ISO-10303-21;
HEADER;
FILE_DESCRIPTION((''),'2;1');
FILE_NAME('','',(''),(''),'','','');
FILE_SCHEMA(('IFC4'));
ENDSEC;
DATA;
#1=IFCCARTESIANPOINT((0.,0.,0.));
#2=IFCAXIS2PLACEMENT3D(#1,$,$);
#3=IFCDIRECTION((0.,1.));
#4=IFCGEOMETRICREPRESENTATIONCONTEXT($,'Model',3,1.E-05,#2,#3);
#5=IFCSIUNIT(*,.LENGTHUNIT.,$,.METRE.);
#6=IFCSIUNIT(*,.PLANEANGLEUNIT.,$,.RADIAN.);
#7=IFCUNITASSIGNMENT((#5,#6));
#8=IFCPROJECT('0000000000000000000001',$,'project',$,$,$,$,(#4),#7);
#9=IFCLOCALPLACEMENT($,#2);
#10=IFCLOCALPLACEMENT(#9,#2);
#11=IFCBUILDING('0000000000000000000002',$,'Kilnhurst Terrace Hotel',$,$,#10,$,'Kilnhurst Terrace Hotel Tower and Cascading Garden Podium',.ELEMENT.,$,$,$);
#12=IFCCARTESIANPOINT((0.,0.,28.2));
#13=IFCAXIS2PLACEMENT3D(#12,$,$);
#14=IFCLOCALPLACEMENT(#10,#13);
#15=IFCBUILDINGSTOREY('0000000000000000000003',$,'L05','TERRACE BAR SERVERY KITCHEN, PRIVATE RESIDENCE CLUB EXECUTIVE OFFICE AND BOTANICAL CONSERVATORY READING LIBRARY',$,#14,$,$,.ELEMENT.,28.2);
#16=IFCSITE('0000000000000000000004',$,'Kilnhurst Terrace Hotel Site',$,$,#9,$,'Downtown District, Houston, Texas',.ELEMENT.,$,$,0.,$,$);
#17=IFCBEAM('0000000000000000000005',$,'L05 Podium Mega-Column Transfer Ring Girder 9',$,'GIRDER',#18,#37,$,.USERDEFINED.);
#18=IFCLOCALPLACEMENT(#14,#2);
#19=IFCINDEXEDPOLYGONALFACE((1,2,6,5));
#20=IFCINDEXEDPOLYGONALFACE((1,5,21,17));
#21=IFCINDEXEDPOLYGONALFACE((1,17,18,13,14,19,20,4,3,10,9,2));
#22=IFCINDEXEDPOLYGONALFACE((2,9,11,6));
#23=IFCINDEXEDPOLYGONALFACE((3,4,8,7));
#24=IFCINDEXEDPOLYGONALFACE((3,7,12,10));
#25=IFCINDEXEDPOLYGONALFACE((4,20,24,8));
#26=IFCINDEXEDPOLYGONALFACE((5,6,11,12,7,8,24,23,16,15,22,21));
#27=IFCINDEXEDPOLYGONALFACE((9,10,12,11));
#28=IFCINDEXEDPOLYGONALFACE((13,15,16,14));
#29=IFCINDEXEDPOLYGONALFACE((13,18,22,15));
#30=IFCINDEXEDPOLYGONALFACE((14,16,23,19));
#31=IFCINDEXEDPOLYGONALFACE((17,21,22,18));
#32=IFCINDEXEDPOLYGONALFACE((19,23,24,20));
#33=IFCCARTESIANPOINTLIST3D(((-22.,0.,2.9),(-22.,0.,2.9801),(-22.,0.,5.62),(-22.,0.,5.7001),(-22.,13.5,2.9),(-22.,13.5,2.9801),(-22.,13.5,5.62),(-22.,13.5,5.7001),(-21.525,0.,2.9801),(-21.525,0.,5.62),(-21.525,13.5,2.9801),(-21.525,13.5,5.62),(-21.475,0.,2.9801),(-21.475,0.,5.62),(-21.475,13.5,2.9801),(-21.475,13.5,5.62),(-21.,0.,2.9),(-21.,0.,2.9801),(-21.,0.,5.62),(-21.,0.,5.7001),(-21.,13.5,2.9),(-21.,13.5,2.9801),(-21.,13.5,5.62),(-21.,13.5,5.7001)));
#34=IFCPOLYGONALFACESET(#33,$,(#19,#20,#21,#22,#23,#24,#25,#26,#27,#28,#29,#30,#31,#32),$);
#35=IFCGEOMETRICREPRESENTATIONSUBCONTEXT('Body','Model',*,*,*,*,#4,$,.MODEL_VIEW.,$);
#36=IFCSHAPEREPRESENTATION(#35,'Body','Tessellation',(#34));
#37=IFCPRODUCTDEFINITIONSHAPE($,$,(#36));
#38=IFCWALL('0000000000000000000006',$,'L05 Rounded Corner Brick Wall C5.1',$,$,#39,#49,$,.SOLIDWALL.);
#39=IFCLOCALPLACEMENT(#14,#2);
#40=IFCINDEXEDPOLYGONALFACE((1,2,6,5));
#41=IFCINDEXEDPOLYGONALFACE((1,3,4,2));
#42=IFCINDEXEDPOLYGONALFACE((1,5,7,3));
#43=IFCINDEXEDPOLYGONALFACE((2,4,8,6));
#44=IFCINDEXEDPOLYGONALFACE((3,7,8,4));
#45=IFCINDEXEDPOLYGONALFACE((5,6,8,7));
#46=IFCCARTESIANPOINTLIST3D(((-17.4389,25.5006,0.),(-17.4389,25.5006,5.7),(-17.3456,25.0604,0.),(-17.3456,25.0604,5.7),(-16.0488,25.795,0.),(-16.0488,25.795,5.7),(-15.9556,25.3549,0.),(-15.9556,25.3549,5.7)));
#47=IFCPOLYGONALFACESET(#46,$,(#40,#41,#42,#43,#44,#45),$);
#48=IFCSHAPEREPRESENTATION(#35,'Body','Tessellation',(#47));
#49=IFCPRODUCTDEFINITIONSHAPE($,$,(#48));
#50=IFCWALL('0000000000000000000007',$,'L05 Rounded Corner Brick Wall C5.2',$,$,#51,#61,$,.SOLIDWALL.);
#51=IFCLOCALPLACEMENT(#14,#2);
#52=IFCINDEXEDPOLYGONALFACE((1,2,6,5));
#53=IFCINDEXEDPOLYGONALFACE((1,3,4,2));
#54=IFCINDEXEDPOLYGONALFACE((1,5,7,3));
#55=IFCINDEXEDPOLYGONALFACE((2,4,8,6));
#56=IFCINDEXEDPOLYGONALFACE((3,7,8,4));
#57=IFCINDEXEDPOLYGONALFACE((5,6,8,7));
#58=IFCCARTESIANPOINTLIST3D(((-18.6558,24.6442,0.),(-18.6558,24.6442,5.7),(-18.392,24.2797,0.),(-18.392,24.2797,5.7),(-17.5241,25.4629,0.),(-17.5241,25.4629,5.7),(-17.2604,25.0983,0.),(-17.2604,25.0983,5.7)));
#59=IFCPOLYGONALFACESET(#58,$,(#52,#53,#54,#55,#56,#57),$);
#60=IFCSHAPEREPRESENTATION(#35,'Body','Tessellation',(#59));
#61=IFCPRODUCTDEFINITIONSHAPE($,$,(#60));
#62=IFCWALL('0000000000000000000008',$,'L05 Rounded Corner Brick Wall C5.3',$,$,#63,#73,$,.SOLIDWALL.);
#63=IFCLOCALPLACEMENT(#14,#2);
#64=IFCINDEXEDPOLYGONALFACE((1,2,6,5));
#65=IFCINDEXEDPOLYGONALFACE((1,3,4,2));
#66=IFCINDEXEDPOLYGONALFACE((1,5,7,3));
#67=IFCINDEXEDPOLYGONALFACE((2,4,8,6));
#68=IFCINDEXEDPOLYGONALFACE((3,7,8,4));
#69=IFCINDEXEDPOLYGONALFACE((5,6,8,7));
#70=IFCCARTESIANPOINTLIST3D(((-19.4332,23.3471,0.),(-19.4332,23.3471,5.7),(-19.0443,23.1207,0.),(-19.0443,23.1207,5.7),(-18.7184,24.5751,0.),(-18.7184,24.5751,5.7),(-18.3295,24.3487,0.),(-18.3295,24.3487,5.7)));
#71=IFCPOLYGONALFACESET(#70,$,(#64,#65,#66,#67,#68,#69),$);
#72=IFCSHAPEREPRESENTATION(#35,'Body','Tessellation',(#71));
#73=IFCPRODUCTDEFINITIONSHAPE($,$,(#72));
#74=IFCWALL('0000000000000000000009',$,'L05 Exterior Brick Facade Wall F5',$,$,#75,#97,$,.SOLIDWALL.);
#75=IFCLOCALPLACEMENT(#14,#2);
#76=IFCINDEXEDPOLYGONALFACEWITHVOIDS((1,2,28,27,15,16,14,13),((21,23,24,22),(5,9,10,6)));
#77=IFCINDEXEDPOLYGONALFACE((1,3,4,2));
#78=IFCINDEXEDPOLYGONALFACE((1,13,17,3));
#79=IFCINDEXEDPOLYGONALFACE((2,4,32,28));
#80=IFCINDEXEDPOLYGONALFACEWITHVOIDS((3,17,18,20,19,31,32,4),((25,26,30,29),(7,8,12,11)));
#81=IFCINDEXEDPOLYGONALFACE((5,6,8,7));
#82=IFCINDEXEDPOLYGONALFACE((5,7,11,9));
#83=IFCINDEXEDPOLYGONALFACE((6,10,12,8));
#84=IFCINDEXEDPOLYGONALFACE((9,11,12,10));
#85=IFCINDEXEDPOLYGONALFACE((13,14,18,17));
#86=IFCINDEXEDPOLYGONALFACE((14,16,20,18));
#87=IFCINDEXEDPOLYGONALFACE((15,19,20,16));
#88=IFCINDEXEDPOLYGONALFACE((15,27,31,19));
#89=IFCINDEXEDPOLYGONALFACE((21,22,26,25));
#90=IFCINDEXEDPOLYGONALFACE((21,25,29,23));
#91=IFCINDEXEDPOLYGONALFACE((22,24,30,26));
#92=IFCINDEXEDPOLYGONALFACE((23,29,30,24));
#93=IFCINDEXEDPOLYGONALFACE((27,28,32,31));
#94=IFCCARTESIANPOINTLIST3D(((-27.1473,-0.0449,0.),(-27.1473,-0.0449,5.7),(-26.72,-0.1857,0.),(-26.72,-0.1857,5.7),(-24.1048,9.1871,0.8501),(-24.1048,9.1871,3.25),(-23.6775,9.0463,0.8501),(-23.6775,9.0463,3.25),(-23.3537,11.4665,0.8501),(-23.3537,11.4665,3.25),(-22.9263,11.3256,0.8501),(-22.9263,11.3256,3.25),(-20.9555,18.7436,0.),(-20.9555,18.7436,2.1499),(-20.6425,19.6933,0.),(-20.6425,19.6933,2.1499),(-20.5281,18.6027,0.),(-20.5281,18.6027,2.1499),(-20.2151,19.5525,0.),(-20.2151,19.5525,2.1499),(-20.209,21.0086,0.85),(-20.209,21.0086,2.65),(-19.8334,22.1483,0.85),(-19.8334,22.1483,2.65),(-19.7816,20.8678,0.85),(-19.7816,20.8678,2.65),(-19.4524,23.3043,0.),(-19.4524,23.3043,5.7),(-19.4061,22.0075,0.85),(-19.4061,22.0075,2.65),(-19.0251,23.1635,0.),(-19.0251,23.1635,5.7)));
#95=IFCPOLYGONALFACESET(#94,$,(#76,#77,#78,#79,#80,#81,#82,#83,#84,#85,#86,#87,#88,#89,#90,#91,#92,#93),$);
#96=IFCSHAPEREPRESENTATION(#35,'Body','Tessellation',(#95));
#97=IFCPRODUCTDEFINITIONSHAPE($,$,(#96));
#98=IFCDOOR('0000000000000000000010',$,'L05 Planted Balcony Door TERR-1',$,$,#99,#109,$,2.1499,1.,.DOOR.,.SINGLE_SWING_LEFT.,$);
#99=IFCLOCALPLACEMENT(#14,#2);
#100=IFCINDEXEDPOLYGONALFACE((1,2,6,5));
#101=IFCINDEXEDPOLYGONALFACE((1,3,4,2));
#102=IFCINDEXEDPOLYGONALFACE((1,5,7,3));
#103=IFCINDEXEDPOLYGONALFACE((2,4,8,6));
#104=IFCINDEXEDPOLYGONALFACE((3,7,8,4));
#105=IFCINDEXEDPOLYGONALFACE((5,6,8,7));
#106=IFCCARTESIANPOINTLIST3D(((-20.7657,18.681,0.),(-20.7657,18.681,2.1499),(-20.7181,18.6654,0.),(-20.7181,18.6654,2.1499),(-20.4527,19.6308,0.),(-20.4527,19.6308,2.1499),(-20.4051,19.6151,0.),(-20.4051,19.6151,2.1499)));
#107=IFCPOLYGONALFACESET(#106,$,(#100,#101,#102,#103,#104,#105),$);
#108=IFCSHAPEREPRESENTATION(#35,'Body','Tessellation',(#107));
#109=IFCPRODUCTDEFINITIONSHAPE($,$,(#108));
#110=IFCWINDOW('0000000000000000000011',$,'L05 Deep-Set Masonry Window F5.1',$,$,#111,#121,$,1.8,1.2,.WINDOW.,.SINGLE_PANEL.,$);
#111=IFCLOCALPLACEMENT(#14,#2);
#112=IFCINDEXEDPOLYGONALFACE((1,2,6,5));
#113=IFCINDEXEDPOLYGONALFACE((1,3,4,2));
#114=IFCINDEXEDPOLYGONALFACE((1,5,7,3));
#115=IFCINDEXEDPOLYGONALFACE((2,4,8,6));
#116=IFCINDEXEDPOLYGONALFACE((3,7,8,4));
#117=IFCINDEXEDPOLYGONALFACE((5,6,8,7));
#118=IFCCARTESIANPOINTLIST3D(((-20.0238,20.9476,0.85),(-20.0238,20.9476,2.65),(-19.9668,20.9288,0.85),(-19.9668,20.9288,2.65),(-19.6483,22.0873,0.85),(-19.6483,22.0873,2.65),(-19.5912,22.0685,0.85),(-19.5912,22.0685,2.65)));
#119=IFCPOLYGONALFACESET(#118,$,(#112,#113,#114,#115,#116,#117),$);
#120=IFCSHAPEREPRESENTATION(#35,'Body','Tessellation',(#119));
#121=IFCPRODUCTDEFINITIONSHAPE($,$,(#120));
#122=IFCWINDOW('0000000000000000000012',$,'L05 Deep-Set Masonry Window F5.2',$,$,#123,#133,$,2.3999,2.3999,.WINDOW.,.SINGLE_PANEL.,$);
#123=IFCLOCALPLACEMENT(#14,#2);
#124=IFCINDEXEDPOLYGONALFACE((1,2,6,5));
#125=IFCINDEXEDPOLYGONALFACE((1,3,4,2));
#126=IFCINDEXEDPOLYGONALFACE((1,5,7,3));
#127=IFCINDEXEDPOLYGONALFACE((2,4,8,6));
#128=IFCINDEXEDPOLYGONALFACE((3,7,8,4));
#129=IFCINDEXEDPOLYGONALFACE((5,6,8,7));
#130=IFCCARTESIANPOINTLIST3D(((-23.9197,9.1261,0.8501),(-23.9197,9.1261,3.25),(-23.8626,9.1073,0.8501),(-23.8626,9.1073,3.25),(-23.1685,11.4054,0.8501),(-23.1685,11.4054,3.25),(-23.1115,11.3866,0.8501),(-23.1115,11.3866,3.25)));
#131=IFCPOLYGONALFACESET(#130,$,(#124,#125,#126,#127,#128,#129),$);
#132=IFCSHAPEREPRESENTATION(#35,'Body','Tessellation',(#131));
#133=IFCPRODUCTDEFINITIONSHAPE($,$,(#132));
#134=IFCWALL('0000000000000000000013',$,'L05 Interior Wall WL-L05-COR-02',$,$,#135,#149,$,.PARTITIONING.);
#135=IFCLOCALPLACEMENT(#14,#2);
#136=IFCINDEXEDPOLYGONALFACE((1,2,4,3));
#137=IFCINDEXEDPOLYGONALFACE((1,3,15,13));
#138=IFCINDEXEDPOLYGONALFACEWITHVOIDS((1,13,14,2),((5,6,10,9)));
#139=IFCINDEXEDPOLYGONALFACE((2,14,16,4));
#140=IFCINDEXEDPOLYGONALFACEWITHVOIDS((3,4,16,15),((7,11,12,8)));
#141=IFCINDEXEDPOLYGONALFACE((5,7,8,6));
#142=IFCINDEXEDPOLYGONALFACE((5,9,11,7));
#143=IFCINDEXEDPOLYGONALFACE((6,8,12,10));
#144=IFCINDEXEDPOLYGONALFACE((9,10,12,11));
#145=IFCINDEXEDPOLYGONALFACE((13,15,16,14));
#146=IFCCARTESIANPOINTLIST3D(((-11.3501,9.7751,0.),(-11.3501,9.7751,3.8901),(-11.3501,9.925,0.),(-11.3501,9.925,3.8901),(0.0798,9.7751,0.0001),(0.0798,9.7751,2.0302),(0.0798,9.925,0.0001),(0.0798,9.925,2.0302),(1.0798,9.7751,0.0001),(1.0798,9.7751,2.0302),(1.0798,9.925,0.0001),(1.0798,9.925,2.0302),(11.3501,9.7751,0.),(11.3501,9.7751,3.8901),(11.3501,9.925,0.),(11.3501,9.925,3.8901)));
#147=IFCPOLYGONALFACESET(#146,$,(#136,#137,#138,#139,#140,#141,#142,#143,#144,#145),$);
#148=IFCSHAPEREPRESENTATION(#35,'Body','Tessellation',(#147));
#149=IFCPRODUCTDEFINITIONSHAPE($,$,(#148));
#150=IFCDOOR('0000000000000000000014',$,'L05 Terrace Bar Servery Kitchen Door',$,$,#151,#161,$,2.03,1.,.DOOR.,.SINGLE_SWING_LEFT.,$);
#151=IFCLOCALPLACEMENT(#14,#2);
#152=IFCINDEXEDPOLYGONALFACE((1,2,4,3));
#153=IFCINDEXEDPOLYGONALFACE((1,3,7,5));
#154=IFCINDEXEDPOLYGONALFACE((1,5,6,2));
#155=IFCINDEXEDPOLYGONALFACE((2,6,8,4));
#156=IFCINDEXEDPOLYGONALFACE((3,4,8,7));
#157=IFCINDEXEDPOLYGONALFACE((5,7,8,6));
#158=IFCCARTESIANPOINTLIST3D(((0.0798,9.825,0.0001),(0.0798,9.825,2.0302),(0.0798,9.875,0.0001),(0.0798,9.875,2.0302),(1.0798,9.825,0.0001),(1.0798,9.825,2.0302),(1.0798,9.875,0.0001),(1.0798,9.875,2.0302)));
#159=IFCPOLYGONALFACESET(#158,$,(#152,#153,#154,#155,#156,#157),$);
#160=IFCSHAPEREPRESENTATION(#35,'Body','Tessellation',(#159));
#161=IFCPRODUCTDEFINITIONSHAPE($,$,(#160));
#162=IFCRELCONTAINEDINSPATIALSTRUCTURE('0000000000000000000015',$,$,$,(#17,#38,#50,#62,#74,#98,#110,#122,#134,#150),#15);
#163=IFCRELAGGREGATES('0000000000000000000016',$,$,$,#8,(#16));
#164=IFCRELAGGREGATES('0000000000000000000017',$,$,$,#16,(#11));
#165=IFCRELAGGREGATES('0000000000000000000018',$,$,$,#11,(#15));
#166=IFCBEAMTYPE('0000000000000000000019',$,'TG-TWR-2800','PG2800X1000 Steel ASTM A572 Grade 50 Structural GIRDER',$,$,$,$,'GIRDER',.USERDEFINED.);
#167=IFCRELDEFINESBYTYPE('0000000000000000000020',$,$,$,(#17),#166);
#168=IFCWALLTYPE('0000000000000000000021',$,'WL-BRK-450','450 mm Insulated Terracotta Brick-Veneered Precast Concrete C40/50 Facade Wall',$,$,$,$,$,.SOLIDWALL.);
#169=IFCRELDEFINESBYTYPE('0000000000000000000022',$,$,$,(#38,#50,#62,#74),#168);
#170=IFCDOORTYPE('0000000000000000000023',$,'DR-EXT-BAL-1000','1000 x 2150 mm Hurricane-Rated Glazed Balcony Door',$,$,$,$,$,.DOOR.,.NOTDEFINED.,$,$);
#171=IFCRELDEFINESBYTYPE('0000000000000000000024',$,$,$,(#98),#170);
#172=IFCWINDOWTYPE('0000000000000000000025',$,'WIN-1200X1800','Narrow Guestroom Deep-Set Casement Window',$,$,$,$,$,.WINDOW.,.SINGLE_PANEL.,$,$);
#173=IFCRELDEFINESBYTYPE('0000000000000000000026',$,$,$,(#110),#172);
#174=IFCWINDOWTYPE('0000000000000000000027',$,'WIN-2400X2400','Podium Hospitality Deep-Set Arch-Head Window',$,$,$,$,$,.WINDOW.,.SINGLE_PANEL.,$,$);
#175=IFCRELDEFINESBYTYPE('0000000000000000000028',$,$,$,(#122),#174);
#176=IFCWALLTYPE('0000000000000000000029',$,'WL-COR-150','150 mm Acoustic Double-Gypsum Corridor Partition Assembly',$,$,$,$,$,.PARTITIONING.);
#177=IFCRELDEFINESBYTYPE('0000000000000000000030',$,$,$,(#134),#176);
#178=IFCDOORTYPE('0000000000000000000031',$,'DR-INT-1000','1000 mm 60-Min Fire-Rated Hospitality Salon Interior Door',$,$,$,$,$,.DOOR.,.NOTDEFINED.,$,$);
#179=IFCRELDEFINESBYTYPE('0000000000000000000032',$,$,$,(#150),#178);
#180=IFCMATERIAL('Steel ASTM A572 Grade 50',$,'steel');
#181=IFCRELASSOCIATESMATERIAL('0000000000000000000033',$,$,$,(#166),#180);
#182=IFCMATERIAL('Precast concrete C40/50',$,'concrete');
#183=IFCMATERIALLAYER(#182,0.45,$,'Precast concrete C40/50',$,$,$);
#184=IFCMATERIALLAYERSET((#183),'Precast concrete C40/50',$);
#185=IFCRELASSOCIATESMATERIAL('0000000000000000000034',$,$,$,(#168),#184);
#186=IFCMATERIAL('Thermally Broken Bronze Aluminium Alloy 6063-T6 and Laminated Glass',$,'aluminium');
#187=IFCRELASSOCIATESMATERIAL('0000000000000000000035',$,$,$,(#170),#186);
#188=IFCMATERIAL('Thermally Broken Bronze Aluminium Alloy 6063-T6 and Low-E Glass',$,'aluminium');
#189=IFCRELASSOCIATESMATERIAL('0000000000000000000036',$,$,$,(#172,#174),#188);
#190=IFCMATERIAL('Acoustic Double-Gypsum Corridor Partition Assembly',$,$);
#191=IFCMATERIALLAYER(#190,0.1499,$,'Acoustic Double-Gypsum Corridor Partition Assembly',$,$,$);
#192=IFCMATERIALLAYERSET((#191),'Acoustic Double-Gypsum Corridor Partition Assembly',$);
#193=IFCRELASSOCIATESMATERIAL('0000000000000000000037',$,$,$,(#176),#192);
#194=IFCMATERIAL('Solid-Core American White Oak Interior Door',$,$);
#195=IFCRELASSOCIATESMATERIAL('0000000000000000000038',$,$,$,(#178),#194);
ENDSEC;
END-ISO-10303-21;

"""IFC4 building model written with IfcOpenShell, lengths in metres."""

from ifc_helpers import new_model, si_unit, direction, frame, frame_2d, origin, origin_2d, place, context, subcontext, project, spatial, rectangle, i_section, extrude, material, layer, layer_set, material_profile, profile_set, type_object, element, fill, save


model = new_model("IFC4")

# Units and contexts
model_context = context("Model", 3, precision=1e-05, world=origin(), true_north=direction((0.0, 1.0)))
body_context = subcontext(model_context, "Body", "Model", "MODEL_VIEW")
ifc_project = project(units=[si_unit("LENGTHUNIT", "METRE"), si_unit("PLANEANGLEUNIT", "RADIAN")], contexts=[model_context])

# Site, building, storey
site_placement = place(None, origin())
site = spatial("IfcSite", under=ifc_project, at=site_placement, Name="Kilnhurst Terrace Hotel Site", LongName="Downtown District, Houston, Texas", CompositionType="ELEMENT", RefElevation=0.0)
building_placement = place(site_placement, origin())
building = spatial("IfcBuilding", under=site, at=building_placement, Name="Kilnhurst Terrace Hotel", LongName="Kilnhurst Terrace Hotel Tower and Cascading Garden Podium", CompositionType="ELEMENT")
storey_placement = place(building_placement, frame((0.0, 0.0, 28.2)))
storey = spatial("IfcBuildingStorey", under=building, at=storey_placement, Name="L05", Description="TERRACE BAR SERVERY KITCHEN, PRIVATE RESIDENCE CLUB EXECUTIVE OFFICE AND BOTANICAL CONSERVATORY READING LIBRARY", CompositionType="ELEMENT", Elevation=28.2)

# Beam
ifc_material_1 = material(Name="Steel ASTM A572 Grade 50", Category="steel")
ifc_material_profile_1 = material_profile(ifc_material_1, i_section(OverallWidth=1.0, OverallDepth=2.8, WebThickness=0.05, FlangeThickness=0.0801, at=origin_2d()), Name="PG2800X1000")
ifc_profile_set_1 = profile_set([ifc_material_profile_1], Name="Steel ASTM A572 Grade 50")
beam_type_1 = type_object("IfcBeamType", Name="TG-TWR-2800", Description="PG2800X1000 Steel ASTM A572 Grade 50 Structural GIRDER", ElementType="GIRDER", PredefinedType="USERDEFINED", material=ifc_profile_set_1)
beam_1_placement = place(storey_placement, frame((-21.5, 13.5, 4.3), z_axis=(0.0, -1.0, 0.0), x_axis=(1.0, 0.0, 0.0)))
element("IfcBeam", 1, at=beam_1_placement, inside=storey, type_object=beam_type_1, Name="L05 Podium Mega-Column Transfer Ring Girder 9", ObjectType="GIRDER", PredefinedType="USERDEFINED", context=body_context, shape_type="SweptSolid", body=[
    extrude(i_section(OverallWidth=1.0, OverallDepth=2.8, WebThickness=0.05, FlangeThickness=0.0801, at=origin_2d()), origin(), (0.0, 0.0, 1.0), 13.5),
])

# Walls
ifc_material_2 = material(Name="Precast concrete C40/50", Category="concrete")
ifc_layer_1 = layer(ifc_material_2, 0.45, Name="Precast concrete C40/50")
ifc_layer_set_1 = layer_set([ifc_layer_1], Name="Precast concrete C40/50")
wall_type_1 = type_object("IfcWallType", Name="WL-BRK-450", Description="450 mm Insulated Terracotta Brick-Veneered Precast Concrete C40/50 Facade Wall", PredefinedType="SOLIDWALL", material=ifc_layer_set_1)
wall_1_placement = place(storey_placement, frame((-16.0022, 25.575, 0.0), z_axis=(0.0, 0.0, 1.0), x_axis=(-0.978297, -0.207205, 0.0)))
element("IfcWall", 2, at=wall_1_placement, inside=storey, type_object=wall_type_1, Name="L05 Rounded Corner Brick Wall C5.1", PredefinedType="SOLIDWALL", context=body_context, shape_type="SweptSolid", body=[
    extrude(rectangle(XDim=1.4209, YDim=0.45, at=frame_2d((0.7104, 0.0))), origin(), (0.0, 0.0, 1.0), 5.7),
])
wall_2_placement = place(storey_placement, frame((-17.3923, 25.2805, 0.0), z_axis=(0.0, 0.0, 1.0), x_axis=(-0.810223, -0.586122, 0.0)))
element("IfcWall", 3, at=wall_2_placement, inside=storey, type_object=wall_type_1, Name="L05 Rounded Corner Brick Wall C5.2", PredefinedType="SOLIDWALL", context=body_context, shape_type="SweptSolid", body=[
    extrude(rectangle(XDim=1.3967, YDim=0.45, at=frame_2d((0.6982, 0.0))), origin(), (0.0, 0.0, 1.0), 5.7),
])
wall_3_placement = place(storey_placement, frame((-18.5239, 24.4619, 0.0), z_axis=(0.0, 0.0, 1.0), x_axis=(-0.50308, -0.86424, 0.0)))
element("IfcWall", 4, at=wall_3_placement, inside=storey, type_object=wall_type_1, Name="L05 Rounded Corner Brick Wall C5.3", PredefinedType="SOLIDWALL", context=body_context, shape_type="SweptSolid", body=[
    extrude(rectangle(XDim=1.4209, YDim=0.45, at=frame_2d((0.7104, 0.0))), origin(), (0.0, 0.0, 1.0), 5.7),
])

# Wall, openings, door, windows
wall_4_placement = place(storey_placement, frame((-19.2388, 23.2339, 0.0), z_axis=(0.0, 0.0, 1.0), x_axis=(-0.312996, -0.949754, 0.0)))
wall_4 = element("IfcWall", 5, at=wall_4_placement, inside=storey, type_object=wall_type_1, Name="L05 Exterior Brick Facade Wall F5", PredefinedType="SOLIDWALL", context=body_context, shape_type="SweptSolid", body=[
    extrude(rectangle(XDim=24.5845, YDim=0.45, at=frame_2d((12.2922, 0.0))), origin(), (0.0, 0.0, 1.0), 5.7),
])
opening_1_placement = place(wall_4_placement, frame((3.802, 0.0, 0.0)))
opening_1 = element("IfcOpeningElement", 6, at=opening_1_placement, cuts=wall_4, PredefinedType="OPENING", context=body_context, shape_type="SweptSolid", body=[
    extrude(rectangle(XDim=1.0, YDim=2.1499, at=frame_2d((0.5, 1.075))), frame((0.0, 0.2349, 0.0), z_axis=(0.0, -1.0, 0.0), x_axis=(1.0, 0.0, 0.0)), (0.0, 0.0, 1.0), 0.47),
])
opening_2_placement = place(wall_4_placement, frame((1.217, 0.0, 0.8501)))
opening_2 = element("IfcOpeningElement", 7, at=opening_2_placement, cuts=wall_4, PredefinedType="OPENING", context=body_context, shape_type="SweptSolid", body=[
    extrude(rectangle(XDim=1.2, YDim=1.8, at=frame_2d((0.6001, 0.8999))), frame((0.0, 0.2349, 0.0), z_axis=(0.0, -1.0, 0.0), x_axis=(1.0, 0.0, 0.0)), (0.0, 0.0, 1.0), 0.47),
])
opening_3_placement = place(wall_4_placement, frame((12.4641, 0.0, 0.8501)))
opening_3 = element("IfcOpeningElement", 8, at=opening_3_placement, cuts=wall_4, PredefinedType="OPENING", context=body_context, shape_type="SweptSolid", body=[
    extrude(rectangle(XDim=2.3999, YDim=2.3999, at=frame_2d((1.2, 1.2))), frame((0.0, 0.2349, 0.0), z_axis=(0.0, -1.0, 0.0), x_axis=(1.0, 0.0, 0.0)), (0.0, 0.0, 1.0), 0.47),
])
ifc_material_3 = material(Name="Thermally Broken Bronze Aluminium Alloy 6063-T6 and Laminated Glass", Category="aluminium")
door_type_1 = type_object("IfcDoorType", Name="DR-EXT-BAL-1000", Description="1000 x 2150 mm Hurricane-Rated Glazed Balcony Door", OperationType="NOTDEFINED", PredefinedType="DOOR", material=ifc_material_3)
door_1_placement = place(opening_1_placement, origin())
door_1 = element("IfcDoor", 9, at=door_1_placement, inside=storey, type_object=door_type_1, Name="L05 Planted Balcony Door TERR-1", OperationType="SINGLE_SWING_LEFT", OverallHeight=2.1499, OverallWidth=1.0, PredefinedType="DOOR", context=body_context, shape_type="SweptSolid", body=[
    extrude(rectangle(XDim=1.0, YDim=2.1499, at=frame_2d((0.5, 1.075))), frame((0.0, 0.0249, 0.0), z_axis=(0.0, -1.0, 0.0), x_axis=(1.0, 0.0, 0.0)), (0.0, 0.0, 1.0), 0.05),
])
fill(opening_1, door_1)
ifc_material_4 = material(Name="Thermally Broken Bronze Aluminium Alloy 6063-T6 and Low-E Glass", Category="aluminium")
window_type_1 = type_object("IfcWindowType", Name="WIN-1200X1800", Description="Narrow Guestroom Deep-Set Casement Window", PartitioningType="SINGLE_PANEL", PredefinedType="WINDOW", material=ifc_material_4)
window_1_placement = place(opening_2_placement, origin())
window_1 = element("IfcWindow", 10, at=window_1_placement, inside=storey, type_object=window_type_1, Name="L05 Deep-Set Masonry Window F5.1", OverallHeight=1.8, OverallWidth=1.2, PartitioningType="SINGLE_PANEL", PredefinedType="WINDOW", context=body_context, shape_type="SweptSolid", body=[
    extrude(rectangle(XDim=1.2, YDim=1.8, at=frame_2d((0.6001, 0.8999))), frame((0.0, 0.03, 0.0), z_axis=(0.0, -1.0, 0.0), x_axis=(1.0, 0.0, 0.0)), (0.0, 0.0, 1.0), 0.0601),
])
fill(opening_2, window_1)
window_type_2 = type_object("IfcWindowType", Name="WIN-2400X2400", Description="Podium Hospitality Deep-Set Arch-Head Window", PartitioningType="SINGLE_PANEL", PredefinedType="WINDOW", material=ifc_material_4)
window_2_placement = place(opening_3_placement, origin())
window_2 = element("IfcWindow", 11, at=window_2_placement, inside=storey, type_object=window_type_2, Name="L05 Deep-Set Masonry Window F5.2", OverallHeight=2.3999, OverallWidth=2.3999, PartitioningType="SINGLE_PANEL", PredefinedType="WINDOW", context=body_context, shape_type="SweptSolid", body=[
    extrude(rectangle(XDim=2.3999, YDim=2.3999, at=frame_2d((1.2, 1.2))), frame((0.0, 0.03, 0.0), z_axis=(0.0, -1.0, 0.0), x_axis=(1.0, 0.0, 0.0)), (0.0, 0.0, 1.0), 0.0601),
])
fill(opening_3, window_2)

# Wall, opening, door
ifc_material_5 = material(Name="Acoustic Double-Gypsum Corridor Partition Assembly")
ifc_layer_2 = layer(ifc_material_5, 0.1499, Name="Acoustic Double-Gypsum Corridor Partition Assembly")
ifc_layer_set_2 = layer_set([ifc_layer_2], Name="Acoustic Double-Gypsum Corridor Partition Assembly")
wall_type_2 = type_object("IfcWallType", Name="WL-COR-150", Description="150 mm Acoustic Double-Gypsum Corridor Partition Assembly", PredefinedType="PARTITIONING", material=ifc_layer_set_2)
wall_5_placement = place(storey_placement, frame((-11.3501, 9.8501, 0.0), z_axis=(0.0, 0.0, 1.0), x_axis=(1.0, 0.0, 0.0)))
wall_5 = element("IfcWall", 12, at=wall_5_placement, inside=storey, type_object=wall_type_2, Name="L05 Interior Wall WL-L05-COR-02", PredefinedType="PARTITIONING", context=body_context, shape_type="SweptSolid", body=[
    extrude(rectangle(XDim=22.7002, YDim=0.1499, at=frame_2d((11.3501, 0.0))), origin(), (0.0, 0.0, 1.0), 3.8901),
])
opening_4_placement = place(wall_5_placement, frame((11.4299, 0.0, 0.0)))
opening_4 = element("IfcOpeningElement", 13, at=opening_4_placement, cuts=wall_5, PredefinedType="OPENING", context=body_context, shape_type="SweptSolid", body=[
    extrude(rectangle(XDim=1.0, YDim=2.03, at=frame_2d((0.5, 1.0151))), frame((0.0, 0.085, 0.0), z_axis=(0.0, -1.0, 0.0), x_axis=(1.0, 0.0, 0.0)), (0.0, 0.0, 1.0), 0.1699),
])
ifc_material_6 = material(Name="Solid-Core American White Oak Interior Door")
door_type_2 = type_object("IfcDoorType", Name="DR-INT-1000", Description="1000 mm 60-Min Fire-Rated Hospitality Salon Interior Door", OperationType="NOTDEFINED", PredefinedType="DOOR", material=ifc_material_6)
door_2_placement = place(opening_4_placement, origin())
door_2 = element("IfcDoor", 14, at=door_2_placement, inside=storey, type_object=door_type_2, Name="L05 Terrace Bar Servery Kitchen Door", OperationType="SINGLE_SWING_LEFT", OverallHeight=2.03, OverallWidth=1.0, PredefinedType="DOOR", context=body_context, shape_type="SweptSolid", body=[
    extrude(rectangle(XDim=1.0, YDim=2.03, at=frame_2d((0.5, 1.0151))), frame((0.0, 0.0249, 0.0), z_axis=(0.0, -1.0, 0.0), x_axis=(1.0, 0.0, 0.0)), (0.0, 0.0, 1.0), 0.05),
])
fill(opening_4, door_2)

save(model, "model.ifc")
